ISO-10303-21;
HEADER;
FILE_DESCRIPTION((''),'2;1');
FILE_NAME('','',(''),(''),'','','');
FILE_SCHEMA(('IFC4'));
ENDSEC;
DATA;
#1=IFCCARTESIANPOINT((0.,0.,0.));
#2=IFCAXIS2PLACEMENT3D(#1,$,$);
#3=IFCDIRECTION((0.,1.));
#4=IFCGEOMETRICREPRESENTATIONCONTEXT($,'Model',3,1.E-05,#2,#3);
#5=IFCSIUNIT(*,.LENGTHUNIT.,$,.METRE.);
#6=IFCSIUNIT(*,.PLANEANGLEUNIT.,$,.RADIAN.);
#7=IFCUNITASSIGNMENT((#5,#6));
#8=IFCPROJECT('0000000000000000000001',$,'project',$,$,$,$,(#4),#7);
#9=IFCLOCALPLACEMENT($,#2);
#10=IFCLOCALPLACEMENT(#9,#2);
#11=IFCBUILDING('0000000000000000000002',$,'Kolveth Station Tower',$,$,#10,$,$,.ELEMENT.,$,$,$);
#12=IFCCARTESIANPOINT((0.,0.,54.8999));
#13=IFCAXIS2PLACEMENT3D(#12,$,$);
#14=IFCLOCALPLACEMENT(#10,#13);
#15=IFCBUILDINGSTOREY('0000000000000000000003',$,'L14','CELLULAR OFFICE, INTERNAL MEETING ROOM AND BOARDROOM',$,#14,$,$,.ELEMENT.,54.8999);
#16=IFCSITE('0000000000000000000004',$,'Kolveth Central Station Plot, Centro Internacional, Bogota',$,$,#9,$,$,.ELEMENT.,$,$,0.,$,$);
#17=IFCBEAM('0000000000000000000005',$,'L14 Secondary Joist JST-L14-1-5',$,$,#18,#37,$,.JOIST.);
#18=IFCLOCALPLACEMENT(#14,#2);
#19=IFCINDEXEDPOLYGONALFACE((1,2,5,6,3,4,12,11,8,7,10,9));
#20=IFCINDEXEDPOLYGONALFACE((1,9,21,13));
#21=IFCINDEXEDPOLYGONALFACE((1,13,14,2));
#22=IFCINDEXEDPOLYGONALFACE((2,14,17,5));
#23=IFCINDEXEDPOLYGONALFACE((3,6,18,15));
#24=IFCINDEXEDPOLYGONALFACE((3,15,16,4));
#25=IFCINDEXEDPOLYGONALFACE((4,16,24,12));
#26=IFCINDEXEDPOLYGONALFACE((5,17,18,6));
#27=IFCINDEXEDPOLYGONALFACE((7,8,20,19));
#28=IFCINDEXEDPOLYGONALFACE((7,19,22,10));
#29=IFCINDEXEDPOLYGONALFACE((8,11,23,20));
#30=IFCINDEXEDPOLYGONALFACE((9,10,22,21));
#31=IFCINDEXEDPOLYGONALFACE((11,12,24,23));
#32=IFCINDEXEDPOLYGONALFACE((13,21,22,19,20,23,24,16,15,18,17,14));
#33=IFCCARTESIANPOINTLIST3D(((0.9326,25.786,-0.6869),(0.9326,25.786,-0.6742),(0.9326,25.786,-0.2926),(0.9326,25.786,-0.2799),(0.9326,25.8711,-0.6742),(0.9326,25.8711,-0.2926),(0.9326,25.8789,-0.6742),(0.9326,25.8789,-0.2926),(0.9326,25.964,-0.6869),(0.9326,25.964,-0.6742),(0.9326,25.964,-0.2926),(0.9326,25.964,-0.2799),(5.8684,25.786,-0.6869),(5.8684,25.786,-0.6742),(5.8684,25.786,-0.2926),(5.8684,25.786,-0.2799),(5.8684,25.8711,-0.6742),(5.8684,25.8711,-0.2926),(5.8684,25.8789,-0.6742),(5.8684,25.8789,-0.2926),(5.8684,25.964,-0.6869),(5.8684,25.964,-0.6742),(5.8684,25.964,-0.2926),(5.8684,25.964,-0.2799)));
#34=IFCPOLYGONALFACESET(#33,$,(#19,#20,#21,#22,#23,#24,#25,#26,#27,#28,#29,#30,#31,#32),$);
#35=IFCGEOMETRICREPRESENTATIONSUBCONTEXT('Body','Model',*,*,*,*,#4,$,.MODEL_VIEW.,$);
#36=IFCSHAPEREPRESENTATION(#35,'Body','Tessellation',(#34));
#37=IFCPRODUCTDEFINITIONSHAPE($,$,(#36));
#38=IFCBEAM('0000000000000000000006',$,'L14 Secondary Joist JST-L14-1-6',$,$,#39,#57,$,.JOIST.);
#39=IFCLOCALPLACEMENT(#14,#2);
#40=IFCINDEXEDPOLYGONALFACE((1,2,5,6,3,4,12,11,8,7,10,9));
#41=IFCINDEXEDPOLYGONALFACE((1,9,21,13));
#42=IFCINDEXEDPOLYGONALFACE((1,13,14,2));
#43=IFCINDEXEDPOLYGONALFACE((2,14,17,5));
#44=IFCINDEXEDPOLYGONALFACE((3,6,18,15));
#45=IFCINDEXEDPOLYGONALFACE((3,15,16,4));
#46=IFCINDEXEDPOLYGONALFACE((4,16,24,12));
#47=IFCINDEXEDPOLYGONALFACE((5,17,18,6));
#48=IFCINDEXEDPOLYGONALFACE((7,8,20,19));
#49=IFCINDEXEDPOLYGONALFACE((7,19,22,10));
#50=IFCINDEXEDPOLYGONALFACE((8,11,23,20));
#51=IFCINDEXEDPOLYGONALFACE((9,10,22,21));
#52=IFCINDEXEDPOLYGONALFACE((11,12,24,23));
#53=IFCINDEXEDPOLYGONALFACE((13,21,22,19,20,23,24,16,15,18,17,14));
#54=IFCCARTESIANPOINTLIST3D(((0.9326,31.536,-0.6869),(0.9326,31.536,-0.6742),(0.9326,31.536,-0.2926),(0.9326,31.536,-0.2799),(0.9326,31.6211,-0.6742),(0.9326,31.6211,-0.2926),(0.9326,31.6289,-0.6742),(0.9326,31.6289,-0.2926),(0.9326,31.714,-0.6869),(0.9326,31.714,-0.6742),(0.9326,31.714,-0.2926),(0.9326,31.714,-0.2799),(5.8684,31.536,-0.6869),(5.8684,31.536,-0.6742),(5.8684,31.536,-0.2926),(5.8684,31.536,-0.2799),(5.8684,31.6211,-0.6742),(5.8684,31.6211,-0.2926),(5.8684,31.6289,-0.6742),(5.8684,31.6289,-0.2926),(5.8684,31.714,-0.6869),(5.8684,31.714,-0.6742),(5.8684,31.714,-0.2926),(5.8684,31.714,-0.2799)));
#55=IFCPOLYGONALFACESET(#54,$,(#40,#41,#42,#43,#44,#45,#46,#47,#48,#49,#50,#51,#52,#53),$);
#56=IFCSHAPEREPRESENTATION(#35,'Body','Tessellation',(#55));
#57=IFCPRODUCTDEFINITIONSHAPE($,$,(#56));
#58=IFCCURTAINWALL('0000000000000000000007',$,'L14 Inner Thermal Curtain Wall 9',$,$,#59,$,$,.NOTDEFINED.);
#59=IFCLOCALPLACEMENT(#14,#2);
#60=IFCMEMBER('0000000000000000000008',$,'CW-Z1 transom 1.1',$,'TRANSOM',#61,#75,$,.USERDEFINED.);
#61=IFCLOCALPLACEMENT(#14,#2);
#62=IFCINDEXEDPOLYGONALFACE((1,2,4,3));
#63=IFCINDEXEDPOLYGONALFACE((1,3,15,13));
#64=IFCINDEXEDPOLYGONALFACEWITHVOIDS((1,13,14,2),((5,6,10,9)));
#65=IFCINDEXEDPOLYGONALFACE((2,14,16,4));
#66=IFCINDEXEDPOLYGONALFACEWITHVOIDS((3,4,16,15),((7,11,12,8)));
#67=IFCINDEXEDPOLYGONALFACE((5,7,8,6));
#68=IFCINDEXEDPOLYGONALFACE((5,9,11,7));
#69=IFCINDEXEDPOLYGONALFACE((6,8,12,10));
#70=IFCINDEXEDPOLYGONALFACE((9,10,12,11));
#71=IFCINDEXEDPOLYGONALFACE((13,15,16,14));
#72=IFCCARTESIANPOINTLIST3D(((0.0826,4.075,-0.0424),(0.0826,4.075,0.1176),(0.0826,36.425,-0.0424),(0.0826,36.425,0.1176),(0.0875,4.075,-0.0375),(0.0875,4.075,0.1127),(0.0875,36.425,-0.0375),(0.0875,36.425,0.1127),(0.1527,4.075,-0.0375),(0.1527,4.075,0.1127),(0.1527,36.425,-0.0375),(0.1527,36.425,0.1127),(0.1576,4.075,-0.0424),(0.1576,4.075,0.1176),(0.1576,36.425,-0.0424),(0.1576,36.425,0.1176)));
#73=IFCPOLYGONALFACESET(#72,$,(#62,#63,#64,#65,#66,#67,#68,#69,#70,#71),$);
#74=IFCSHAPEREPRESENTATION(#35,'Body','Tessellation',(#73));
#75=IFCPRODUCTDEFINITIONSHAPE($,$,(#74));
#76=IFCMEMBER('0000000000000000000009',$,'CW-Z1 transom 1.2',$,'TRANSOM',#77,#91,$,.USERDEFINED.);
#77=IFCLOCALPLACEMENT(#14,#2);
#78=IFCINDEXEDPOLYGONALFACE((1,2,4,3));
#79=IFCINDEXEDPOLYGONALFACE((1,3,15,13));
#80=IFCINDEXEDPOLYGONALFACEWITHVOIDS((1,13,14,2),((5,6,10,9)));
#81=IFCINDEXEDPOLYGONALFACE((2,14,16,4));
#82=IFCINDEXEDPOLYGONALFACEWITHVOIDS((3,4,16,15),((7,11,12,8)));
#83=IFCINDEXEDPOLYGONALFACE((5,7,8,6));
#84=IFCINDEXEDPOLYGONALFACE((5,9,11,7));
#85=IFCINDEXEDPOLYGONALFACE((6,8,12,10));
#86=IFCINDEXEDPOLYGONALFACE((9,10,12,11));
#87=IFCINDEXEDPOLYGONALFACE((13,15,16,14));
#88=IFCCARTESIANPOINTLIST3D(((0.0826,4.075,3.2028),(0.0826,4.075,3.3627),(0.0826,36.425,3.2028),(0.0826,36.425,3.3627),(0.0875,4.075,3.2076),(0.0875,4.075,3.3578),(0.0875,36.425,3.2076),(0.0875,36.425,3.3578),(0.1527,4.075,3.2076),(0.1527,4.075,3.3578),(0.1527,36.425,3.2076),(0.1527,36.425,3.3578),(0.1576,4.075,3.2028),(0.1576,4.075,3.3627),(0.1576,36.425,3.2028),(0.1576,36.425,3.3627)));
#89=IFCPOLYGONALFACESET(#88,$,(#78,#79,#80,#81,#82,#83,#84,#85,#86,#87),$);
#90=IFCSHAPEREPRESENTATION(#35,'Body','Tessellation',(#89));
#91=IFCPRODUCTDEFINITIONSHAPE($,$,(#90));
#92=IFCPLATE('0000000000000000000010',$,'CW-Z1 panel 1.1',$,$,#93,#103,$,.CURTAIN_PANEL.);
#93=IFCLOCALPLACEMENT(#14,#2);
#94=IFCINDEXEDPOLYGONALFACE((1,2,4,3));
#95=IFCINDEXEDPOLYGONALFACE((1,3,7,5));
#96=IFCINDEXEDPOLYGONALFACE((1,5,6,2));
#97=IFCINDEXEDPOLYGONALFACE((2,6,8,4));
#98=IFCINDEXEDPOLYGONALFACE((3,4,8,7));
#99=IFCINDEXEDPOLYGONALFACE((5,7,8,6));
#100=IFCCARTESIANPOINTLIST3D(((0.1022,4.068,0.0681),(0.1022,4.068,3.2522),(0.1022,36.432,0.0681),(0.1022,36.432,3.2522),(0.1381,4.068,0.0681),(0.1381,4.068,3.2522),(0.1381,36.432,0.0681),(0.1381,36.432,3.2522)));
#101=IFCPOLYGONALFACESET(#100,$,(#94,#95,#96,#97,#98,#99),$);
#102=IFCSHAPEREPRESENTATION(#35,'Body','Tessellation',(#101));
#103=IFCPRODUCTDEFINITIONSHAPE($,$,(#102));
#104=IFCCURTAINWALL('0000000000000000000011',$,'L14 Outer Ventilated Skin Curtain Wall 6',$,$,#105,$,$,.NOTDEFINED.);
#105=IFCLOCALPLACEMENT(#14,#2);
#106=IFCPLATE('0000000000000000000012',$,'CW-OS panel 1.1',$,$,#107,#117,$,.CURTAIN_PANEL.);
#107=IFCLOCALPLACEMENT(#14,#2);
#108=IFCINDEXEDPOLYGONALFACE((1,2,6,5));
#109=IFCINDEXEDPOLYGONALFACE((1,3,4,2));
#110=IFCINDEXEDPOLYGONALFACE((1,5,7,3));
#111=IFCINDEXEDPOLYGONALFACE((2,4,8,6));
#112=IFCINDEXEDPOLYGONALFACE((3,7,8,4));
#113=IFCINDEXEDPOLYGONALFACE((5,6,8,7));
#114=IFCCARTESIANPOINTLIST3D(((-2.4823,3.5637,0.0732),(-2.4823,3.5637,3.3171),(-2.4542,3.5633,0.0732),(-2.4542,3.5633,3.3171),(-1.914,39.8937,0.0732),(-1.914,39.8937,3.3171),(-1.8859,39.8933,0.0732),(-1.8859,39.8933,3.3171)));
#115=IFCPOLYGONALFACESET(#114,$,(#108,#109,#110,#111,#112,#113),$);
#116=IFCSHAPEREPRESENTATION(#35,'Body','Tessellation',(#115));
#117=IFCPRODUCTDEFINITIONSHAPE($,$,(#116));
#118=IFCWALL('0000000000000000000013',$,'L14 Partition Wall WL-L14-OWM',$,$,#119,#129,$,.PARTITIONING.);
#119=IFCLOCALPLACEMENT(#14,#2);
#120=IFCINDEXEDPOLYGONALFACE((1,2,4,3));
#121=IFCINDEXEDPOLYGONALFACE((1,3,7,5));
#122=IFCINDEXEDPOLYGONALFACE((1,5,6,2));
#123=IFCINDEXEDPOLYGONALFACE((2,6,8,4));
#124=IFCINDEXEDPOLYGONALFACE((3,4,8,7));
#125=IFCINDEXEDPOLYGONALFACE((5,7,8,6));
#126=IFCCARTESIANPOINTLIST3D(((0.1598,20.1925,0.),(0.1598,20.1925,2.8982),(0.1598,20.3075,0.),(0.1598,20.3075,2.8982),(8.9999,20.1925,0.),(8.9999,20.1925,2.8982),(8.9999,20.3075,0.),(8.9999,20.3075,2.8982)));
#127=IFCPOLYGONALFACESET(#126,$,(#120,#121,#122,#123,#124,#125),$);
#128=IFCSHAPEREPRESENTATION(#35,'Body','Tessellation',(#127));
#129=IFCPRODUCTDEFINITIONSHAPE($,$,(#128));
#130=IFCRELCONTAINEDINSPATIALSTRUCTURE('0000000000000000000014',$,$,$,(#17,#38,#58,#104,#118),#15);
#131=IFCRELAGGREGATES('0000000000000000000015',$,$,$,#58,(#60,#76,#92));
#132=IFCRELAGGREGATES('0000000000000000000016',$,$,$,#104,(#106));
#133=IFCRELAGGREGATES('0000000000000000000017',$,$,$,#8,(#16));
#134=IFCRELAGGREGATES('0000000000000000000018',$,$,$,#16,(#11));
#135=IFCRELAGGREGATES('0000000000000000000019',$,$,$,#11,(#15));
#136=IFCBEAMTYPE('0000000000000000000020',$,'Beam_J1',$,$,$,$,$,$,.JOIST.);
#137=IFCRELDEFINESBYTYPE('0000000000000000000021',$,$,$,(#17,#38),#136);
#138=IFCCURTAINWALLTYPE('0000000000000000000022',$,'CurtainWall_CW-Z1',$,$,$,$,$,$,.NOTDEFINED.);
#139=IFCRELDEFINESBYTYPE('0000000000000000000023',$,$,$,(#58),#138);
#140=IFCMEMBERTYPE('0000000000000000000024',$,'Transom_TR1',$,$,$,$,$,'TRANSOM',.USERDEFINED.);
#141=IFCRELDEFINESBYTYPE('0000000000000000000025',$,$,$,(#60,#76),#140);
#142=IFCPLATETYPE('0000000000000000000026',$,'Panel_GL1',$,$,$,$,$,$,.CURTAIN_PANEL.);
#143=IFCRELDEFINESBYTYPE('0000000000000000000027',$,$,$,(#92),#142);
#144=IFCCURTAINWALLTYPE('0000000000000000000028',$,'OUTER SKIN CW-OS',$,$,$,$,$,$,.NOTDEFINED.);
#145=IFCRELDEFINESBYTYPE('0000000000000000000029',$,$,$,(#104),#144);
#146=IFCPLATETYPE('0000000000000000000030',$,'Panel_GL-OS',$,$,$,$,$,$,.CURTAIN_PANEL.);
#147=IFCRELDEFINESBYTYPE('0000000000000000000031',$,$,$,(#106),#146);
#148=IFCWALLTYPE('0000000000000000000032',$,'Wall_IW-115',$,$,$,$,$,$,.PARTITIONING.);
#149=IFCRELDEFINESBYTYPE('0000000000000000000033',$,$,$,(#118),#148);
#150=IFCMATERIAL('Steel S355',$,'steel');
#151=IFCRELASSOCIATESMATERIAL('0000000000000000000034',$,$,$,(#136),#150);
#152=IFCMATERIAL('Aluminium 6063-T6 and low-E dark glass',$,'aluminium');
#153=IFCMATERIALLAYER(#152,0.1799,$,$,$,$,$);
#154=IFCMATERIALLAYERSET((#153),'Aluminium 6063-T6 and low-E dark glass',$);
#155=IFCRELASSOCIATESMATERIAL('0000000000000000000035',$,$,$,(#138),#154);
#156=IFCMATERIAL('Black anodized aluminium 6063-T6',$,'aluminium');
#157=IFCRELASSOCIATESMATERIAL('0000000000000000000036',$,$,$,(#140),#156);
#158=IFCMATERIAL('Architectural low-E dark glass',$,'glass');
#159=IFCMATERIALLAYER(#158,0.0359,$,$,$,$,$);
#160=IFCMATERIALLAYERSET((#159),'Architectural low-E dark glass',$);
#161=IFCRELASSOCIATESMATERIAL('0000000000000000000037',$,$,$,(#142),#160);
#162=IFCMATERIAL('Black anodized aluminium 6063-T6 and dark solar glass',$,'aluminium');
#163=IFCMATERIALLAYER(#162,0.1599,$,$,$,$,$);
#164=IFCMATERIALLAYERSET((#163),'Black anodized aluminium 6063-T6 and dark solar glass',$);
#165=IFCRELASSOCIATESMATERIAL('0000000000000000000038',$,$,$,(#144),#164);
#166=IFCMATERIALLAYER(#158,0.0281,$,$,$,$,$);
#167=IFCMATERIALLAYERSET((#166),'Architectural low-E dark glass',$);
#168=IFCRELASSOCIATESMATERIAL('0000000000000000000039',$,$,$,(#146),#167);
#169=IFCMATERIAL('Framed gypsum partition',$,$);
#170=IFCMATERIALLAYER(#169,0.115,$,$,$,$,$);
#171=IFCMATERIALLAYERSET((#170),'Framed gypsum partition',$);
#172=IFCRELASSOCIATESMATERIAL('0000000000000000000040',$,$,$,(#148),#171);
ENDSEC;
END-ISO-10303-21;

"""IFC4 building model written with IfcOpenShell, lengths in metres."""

from ifc_helpers import new_model, si_unit, direction, frame, frame_2d, origin, origin_2d, place, context, subcontext, project, spatial, rectangle, hollow_rectangle, i_section, extrude, source, transform, mapped, material, layer, layer_set, material_profile, profile_set, type_object, element, aggregate, save


model = new_model("IFC4")

# Units and contexts
model_context = context("Model", 3, precision=1e-05, world=origin(), true_north=direction((0.0, 1.0)))
body_context = subcontext(model_context, "Body", "Model", "MODEL_VIEW")
ifc_project = project(units=[si_unit("LENGTHUNIT", "METRE"), si_unit("PLANEANGLEUNIT", "RADIAN")], contexts=[model_context])

# Site, building, storey
site_placement = place(None, origin())
site = spatial("IfcSite", under=ifc_project, at=site_placement, Name="Kolveth Central Station Plot, Centro Internacional, Bogota", CompositionType="ELEMENT", RefElevation=0.0)
building_placement = place(site_placement, origin())
building = spatial("IfcBuilding", under=site, at=building_placement, Name="Kolveth Station Tower", CompositionType="ELEMENT")
storey_placement = place(building_placement, frame((0.0, 0.0, 54.8999)))
storey = spatial("IfcBuildingStorey", under=building, at=storey_placement, Name="L14", Description="CELLULAR OFFICE, INTERNAL MEETING ROOM AND BOARDROOM", CompositionType="ELEMENT", Elevation=54.8999)

# Shared definitions
ifc_material_1 = material(Name="Steel S355", Category="steel")

# Beams
ifc_material_profile_1 = material_profile(ifc_material_1, i_section(OverallWidth=0.178, OverallDepth=0.407, WebThickness=0.0078, FlangeThickness=0.0127, at=origin_2d()), Name="W410x60")
ifc_profile_set_1 = profile_set([ifc_material_profile_1], Name="Steel S355")
beam_type_1 = type_object("IfcBeamType", Name="Beam_J1", PredefinedType="JOIST", material=ifc_profile_set_1)
shared_shape_1 = source(origin(), body_context, "Body", "SweptSolid", [
    extrude(i_section(OverallWidth=0.178, OverallDepth=0.407, WebThickness=0.0078, FlangeThickness=0.0127, at=origin_2d()), origin(), (0.0, 0.0, 1.0), 4.9358),
])
for number, where, z_axis, x_axis, name in (
    (1, (0.9326, 25.875, -0.4834), (1.0, 0.0, 0.0), (0.0, 1.0, 0.0), "L14 Secondary Joist JST-L14-1-5"),
    (2, (0.9326, 31.625, -0.4834), (1.0, 0.0, 0.0), (0.0, 1.0, 0.0), "L14 Secondary Joist JST-L14-1-6"),
):
    element("IfcBeam", number, at=place(storey_placement, frame(where, z_axis=z_axis, x_axis=x_axis)), inside=storey, type_object=beam_type_1, Name=name, PredefinedType="JOIST", context=body_context, shape_type="MappedRepresentation", body=[
        mapped(shared_shape_1, transform((0.0, 0.0, 0.0), x_axis=(1.0, 0.0, 0.0), y_axis=(0.0, 1.0, 0.0), z_axis=(0.0, 0.0, 1.0), scale=1.0)),
    ])

# Curtain wall, members, plate
ifc_material_2 = material(Name="Aluminium 6063-T6 and low-E dark glass", Category="aluminium")
ifc_layer_1 = layer(ifc_material_2, 0.1799)
ifc_layer_set_1 = layer_set([ifc_layer_1], Name="Aluminium 6063-T6 and low-E dark glass")
curtain_wall_type_1 = type_object("IfcCurtainWallType", Name="CurtainWall_CW-Z1", PredefinedType="NOTDEFINED", material=ifc_layer_set_1)
curtain_wall_1_placement = place(storey_placement, origin())
curtain_wall_1 = element("IfcCurtainWall", 3, at=curtain_wall_1_placement, inside=storey, type_object=curtain_wall_type_1, Name="L14 Inner Thermal Curtain Wall 9", PredefinedType="NOTDEFINED")
ifc_material_3 = material(Name="Black anodized aluminium 6063-T6", Category="aluminium")
ifc_material_profile_2 = material_profile(ifc_material_3, hollow_rectangle(XDim=0.075, YDim=0.1599, WallThickness=0.0049, at=origin_2d()), Name="ALU-75x160x5")
ifc_profile_set_2 = profile_set([ifc_material_profile_2], Name="Black anodized aluminium 6063-T6")
member_type = type_object("IfcMemberType", Name="Transom_TR1", ElementType="TRANSOM", PredefinedType="USERDEFINED", material=ifc_profile_set_2)
shared_shape_2 = source(origin(), body_context, "Body", "SweptSolid", [
    extrude(hollow_rectangle(XDim=0.075, YDim=0.1599, WallThickness=0.0049, at=origin_2d()), origin(), (0.0, 0.0, 1.0), 32.3501),
])
member_1_placement = place(storey_placement, frame((0.1201, 36.425, 0.0376), z_axis=(0.0, -1.0, 0.0), x_axis=(1.0, 0.0, 0.0)))
member_1 = element("IfcMember", 4, at=member_1_placement, type_object=member_type, Name="CW-Z1 transom 1.1", ObjectType="TRANSOM", PredefinedType="USERDEFINED", context=body_context, shape_type="MappedRepresentation", body=[
    mapped(shared_shape_2, transform((0.0, 0.0, 0.0), x_axis=(1.0, 0.0, 0.0), y_axis=(0.0, 1.0, 0.0), z_axis=(0.0, 0.0, 1.0), scale=1.0)),
])
member_2_placement = place(storey_placement, frame((0.1201, 36.425, 3.2827), z_axis=(0.0, -1.0, 0.0), x_axis=(1.0, 0.0, 0.0)))
member_2 = element("IfcMember", 5, at=member_2_placement, type_object=member_type, Name="CW-Z1 transom 1.2", ObjectType="TRANSOM", PredefinedType="USERDEFINED", context=body_context, shape_type="MappedRepresentation", body=[
    mapped(shared_shape_2, transform((0.0, 0.0, 0.0), x_axis=(1.0, 0.0, 0.0), y_axis=(0.0, 1.0, 0.0), z_axis=(0.0, 0.0, 1.0), scale=1.0)),
])
ifc_material_4 = material(Name="Architectural low-E dark glass", Category="glass")
ifc_layer_2 = layer(ifc_material_4, 0.0359)
ifc_layer_set_2 = layer_set([ifc_layer_2], Name="Architectural low-E dark glass")
plate_type_1 = type_object("IfcPlateType", Name="Panel_GL1", PredefinedType="CURTAIN_PANEL", material=ifc_layer_set_2)
shared_shape_3 = source(origin(), body_context, "Body", "SweptSolid", [
    extrude(rectangle(XDim=32.364, YDim=0.0359, at=origin_2d()), origin(), (0.0, 0.0, 1.0), 3.1841),
])
plate_1_placement = place(storey_placement, frame((0.1201, 20.25, 0.0681), z_axis=(0.0, 0.0, 1.0), x_axis=(0.0, -1.0, 0.0)))
plate_1 = element("IfcPlate", 6, at=plate_1_placement, type_object=plate_type_1, Name="CW-Z1 panel 1.1", PredefinedType="CURTAIN_PANEL", context=body_context, shape_type="MappedRepresentation", body=[
    mapped(shared_shape_3, transform((0.0, 0.0, 0.0), x_axis=(1.0, 0.0, 0.0), y_axis=(0.0, 1.0, 0.0), z_axis=(0.0, 0.0, 1.0), scale=1.0)),
])
aggregate(curtain_wall_1, [member_1, member_2, plate_1])

# Curtain wall, plate
ifc_material_5 = material(Name="Black anodized aluminium 6063-T6 and dark solar glass", Category="aluminium")
ifc_layer_3 = layer(ifc_material_5, 0.1599)
ifc_layer_set_3 = layer_set([ifc_layer_3], Name="Black anodized aluminium 6063-T6 and dark solar glass")
curtain_wall_type_2 = type_object("IfcCurtainWallType", Name="OUTER SKIN CW-OS", PredefinedType="NOTDEFINED", material=ifc_layer_set_3)
curtain_wall_2_placement = place(storey_placement, origin())
curtain_wall_2 = element("IfcCurtainWall", 7, at=curtain_wall_2_placement, inside=storey, type_object=curtain_wall_type_2, Name="L14 Outer Ventilated Skin Curtain Wall 6", PredefinedType="NOTDEFINED")
ifc_layer_4 = layer(ifc_material_4, 0.0281)
ifc_layer_set_4 = layer_set([ifc_layer_4], Name="Architectural low-E dark glass")
plate_type_2 = type_object("IfcPlateType", Name="Panel_GL-OS", PredefinedType="CURTAIN_PANEL", material=ifc_layer_set_4)
shared_shape_4 = source(origin(), body_context, "Body", "SweptSolid", [
    extrude(rectangle(XDim=36.3345, YDim=0.0281, at=origin_2d()), origin(), (0.0, 0.0, 1.0), 3.2439),
])
plate_2_placement = place(storey_placement, frame((-2.1841, 21.7285, 0.0732), z_axis=(0.0, 0.0, 1.0), x_axis=(-0.015641, -0.999878, 0.0)))
plate_2 = element("IfcPlate", 8, at=plate_2_placement, type_object=plate_type_2, Name="CW-OS panel 1.1", PredefinedType="CURTAIN_PANEL", context=body_context, shape_type="MappedRepresentation", body=[
    mapped(shared_shape_4, transform((0.0, 0.0, 0.0), x_axis=(1.0, 0.0, 0.0), y_axis=(0.0, 1.0, 0.0), z_axis=(0.0, 0.0, 1.0), scale=1.0)),
])
aggregate(curtain_wall_2, [plate_2])

# Wall
ifc_material_6 = material(Name="Framed gypsum partition")
ifc_layer_5 = layer(ifc_material_6, 0.115)
ifc_layer_set_5 = layer_set([ifc_layer_5], Name="Framed gypsum partition")
wall_type = type_object("IfcWallType", Name="Wall_IW-115", PredefinedType="PARTITIONING", material=ifc_layer_set_5)
wall_placement = place(storey_placement, frame((0.1599, 20.25, 0.0), z_axis=(0.0, 0.0, 1.0), x_axis=(1.0, 0.0, 0.0)))
element("IfcWall", 9, at=wall_placement, inside=storey, type_object=wall_type, Name="L14 Partition Wall WL-L14-OWM", PredefinedType="PARTITIONING", context=body_context, shape_type="SweptSolid", body=[
    extrude(rectangle(XDim=8.8401, YDim=0.115, at=frame_2d((4.4199, 0.0))), origin(), (0.0, 0.0, 1.0), 2.8982),
])

save(model, "model.ifc")
